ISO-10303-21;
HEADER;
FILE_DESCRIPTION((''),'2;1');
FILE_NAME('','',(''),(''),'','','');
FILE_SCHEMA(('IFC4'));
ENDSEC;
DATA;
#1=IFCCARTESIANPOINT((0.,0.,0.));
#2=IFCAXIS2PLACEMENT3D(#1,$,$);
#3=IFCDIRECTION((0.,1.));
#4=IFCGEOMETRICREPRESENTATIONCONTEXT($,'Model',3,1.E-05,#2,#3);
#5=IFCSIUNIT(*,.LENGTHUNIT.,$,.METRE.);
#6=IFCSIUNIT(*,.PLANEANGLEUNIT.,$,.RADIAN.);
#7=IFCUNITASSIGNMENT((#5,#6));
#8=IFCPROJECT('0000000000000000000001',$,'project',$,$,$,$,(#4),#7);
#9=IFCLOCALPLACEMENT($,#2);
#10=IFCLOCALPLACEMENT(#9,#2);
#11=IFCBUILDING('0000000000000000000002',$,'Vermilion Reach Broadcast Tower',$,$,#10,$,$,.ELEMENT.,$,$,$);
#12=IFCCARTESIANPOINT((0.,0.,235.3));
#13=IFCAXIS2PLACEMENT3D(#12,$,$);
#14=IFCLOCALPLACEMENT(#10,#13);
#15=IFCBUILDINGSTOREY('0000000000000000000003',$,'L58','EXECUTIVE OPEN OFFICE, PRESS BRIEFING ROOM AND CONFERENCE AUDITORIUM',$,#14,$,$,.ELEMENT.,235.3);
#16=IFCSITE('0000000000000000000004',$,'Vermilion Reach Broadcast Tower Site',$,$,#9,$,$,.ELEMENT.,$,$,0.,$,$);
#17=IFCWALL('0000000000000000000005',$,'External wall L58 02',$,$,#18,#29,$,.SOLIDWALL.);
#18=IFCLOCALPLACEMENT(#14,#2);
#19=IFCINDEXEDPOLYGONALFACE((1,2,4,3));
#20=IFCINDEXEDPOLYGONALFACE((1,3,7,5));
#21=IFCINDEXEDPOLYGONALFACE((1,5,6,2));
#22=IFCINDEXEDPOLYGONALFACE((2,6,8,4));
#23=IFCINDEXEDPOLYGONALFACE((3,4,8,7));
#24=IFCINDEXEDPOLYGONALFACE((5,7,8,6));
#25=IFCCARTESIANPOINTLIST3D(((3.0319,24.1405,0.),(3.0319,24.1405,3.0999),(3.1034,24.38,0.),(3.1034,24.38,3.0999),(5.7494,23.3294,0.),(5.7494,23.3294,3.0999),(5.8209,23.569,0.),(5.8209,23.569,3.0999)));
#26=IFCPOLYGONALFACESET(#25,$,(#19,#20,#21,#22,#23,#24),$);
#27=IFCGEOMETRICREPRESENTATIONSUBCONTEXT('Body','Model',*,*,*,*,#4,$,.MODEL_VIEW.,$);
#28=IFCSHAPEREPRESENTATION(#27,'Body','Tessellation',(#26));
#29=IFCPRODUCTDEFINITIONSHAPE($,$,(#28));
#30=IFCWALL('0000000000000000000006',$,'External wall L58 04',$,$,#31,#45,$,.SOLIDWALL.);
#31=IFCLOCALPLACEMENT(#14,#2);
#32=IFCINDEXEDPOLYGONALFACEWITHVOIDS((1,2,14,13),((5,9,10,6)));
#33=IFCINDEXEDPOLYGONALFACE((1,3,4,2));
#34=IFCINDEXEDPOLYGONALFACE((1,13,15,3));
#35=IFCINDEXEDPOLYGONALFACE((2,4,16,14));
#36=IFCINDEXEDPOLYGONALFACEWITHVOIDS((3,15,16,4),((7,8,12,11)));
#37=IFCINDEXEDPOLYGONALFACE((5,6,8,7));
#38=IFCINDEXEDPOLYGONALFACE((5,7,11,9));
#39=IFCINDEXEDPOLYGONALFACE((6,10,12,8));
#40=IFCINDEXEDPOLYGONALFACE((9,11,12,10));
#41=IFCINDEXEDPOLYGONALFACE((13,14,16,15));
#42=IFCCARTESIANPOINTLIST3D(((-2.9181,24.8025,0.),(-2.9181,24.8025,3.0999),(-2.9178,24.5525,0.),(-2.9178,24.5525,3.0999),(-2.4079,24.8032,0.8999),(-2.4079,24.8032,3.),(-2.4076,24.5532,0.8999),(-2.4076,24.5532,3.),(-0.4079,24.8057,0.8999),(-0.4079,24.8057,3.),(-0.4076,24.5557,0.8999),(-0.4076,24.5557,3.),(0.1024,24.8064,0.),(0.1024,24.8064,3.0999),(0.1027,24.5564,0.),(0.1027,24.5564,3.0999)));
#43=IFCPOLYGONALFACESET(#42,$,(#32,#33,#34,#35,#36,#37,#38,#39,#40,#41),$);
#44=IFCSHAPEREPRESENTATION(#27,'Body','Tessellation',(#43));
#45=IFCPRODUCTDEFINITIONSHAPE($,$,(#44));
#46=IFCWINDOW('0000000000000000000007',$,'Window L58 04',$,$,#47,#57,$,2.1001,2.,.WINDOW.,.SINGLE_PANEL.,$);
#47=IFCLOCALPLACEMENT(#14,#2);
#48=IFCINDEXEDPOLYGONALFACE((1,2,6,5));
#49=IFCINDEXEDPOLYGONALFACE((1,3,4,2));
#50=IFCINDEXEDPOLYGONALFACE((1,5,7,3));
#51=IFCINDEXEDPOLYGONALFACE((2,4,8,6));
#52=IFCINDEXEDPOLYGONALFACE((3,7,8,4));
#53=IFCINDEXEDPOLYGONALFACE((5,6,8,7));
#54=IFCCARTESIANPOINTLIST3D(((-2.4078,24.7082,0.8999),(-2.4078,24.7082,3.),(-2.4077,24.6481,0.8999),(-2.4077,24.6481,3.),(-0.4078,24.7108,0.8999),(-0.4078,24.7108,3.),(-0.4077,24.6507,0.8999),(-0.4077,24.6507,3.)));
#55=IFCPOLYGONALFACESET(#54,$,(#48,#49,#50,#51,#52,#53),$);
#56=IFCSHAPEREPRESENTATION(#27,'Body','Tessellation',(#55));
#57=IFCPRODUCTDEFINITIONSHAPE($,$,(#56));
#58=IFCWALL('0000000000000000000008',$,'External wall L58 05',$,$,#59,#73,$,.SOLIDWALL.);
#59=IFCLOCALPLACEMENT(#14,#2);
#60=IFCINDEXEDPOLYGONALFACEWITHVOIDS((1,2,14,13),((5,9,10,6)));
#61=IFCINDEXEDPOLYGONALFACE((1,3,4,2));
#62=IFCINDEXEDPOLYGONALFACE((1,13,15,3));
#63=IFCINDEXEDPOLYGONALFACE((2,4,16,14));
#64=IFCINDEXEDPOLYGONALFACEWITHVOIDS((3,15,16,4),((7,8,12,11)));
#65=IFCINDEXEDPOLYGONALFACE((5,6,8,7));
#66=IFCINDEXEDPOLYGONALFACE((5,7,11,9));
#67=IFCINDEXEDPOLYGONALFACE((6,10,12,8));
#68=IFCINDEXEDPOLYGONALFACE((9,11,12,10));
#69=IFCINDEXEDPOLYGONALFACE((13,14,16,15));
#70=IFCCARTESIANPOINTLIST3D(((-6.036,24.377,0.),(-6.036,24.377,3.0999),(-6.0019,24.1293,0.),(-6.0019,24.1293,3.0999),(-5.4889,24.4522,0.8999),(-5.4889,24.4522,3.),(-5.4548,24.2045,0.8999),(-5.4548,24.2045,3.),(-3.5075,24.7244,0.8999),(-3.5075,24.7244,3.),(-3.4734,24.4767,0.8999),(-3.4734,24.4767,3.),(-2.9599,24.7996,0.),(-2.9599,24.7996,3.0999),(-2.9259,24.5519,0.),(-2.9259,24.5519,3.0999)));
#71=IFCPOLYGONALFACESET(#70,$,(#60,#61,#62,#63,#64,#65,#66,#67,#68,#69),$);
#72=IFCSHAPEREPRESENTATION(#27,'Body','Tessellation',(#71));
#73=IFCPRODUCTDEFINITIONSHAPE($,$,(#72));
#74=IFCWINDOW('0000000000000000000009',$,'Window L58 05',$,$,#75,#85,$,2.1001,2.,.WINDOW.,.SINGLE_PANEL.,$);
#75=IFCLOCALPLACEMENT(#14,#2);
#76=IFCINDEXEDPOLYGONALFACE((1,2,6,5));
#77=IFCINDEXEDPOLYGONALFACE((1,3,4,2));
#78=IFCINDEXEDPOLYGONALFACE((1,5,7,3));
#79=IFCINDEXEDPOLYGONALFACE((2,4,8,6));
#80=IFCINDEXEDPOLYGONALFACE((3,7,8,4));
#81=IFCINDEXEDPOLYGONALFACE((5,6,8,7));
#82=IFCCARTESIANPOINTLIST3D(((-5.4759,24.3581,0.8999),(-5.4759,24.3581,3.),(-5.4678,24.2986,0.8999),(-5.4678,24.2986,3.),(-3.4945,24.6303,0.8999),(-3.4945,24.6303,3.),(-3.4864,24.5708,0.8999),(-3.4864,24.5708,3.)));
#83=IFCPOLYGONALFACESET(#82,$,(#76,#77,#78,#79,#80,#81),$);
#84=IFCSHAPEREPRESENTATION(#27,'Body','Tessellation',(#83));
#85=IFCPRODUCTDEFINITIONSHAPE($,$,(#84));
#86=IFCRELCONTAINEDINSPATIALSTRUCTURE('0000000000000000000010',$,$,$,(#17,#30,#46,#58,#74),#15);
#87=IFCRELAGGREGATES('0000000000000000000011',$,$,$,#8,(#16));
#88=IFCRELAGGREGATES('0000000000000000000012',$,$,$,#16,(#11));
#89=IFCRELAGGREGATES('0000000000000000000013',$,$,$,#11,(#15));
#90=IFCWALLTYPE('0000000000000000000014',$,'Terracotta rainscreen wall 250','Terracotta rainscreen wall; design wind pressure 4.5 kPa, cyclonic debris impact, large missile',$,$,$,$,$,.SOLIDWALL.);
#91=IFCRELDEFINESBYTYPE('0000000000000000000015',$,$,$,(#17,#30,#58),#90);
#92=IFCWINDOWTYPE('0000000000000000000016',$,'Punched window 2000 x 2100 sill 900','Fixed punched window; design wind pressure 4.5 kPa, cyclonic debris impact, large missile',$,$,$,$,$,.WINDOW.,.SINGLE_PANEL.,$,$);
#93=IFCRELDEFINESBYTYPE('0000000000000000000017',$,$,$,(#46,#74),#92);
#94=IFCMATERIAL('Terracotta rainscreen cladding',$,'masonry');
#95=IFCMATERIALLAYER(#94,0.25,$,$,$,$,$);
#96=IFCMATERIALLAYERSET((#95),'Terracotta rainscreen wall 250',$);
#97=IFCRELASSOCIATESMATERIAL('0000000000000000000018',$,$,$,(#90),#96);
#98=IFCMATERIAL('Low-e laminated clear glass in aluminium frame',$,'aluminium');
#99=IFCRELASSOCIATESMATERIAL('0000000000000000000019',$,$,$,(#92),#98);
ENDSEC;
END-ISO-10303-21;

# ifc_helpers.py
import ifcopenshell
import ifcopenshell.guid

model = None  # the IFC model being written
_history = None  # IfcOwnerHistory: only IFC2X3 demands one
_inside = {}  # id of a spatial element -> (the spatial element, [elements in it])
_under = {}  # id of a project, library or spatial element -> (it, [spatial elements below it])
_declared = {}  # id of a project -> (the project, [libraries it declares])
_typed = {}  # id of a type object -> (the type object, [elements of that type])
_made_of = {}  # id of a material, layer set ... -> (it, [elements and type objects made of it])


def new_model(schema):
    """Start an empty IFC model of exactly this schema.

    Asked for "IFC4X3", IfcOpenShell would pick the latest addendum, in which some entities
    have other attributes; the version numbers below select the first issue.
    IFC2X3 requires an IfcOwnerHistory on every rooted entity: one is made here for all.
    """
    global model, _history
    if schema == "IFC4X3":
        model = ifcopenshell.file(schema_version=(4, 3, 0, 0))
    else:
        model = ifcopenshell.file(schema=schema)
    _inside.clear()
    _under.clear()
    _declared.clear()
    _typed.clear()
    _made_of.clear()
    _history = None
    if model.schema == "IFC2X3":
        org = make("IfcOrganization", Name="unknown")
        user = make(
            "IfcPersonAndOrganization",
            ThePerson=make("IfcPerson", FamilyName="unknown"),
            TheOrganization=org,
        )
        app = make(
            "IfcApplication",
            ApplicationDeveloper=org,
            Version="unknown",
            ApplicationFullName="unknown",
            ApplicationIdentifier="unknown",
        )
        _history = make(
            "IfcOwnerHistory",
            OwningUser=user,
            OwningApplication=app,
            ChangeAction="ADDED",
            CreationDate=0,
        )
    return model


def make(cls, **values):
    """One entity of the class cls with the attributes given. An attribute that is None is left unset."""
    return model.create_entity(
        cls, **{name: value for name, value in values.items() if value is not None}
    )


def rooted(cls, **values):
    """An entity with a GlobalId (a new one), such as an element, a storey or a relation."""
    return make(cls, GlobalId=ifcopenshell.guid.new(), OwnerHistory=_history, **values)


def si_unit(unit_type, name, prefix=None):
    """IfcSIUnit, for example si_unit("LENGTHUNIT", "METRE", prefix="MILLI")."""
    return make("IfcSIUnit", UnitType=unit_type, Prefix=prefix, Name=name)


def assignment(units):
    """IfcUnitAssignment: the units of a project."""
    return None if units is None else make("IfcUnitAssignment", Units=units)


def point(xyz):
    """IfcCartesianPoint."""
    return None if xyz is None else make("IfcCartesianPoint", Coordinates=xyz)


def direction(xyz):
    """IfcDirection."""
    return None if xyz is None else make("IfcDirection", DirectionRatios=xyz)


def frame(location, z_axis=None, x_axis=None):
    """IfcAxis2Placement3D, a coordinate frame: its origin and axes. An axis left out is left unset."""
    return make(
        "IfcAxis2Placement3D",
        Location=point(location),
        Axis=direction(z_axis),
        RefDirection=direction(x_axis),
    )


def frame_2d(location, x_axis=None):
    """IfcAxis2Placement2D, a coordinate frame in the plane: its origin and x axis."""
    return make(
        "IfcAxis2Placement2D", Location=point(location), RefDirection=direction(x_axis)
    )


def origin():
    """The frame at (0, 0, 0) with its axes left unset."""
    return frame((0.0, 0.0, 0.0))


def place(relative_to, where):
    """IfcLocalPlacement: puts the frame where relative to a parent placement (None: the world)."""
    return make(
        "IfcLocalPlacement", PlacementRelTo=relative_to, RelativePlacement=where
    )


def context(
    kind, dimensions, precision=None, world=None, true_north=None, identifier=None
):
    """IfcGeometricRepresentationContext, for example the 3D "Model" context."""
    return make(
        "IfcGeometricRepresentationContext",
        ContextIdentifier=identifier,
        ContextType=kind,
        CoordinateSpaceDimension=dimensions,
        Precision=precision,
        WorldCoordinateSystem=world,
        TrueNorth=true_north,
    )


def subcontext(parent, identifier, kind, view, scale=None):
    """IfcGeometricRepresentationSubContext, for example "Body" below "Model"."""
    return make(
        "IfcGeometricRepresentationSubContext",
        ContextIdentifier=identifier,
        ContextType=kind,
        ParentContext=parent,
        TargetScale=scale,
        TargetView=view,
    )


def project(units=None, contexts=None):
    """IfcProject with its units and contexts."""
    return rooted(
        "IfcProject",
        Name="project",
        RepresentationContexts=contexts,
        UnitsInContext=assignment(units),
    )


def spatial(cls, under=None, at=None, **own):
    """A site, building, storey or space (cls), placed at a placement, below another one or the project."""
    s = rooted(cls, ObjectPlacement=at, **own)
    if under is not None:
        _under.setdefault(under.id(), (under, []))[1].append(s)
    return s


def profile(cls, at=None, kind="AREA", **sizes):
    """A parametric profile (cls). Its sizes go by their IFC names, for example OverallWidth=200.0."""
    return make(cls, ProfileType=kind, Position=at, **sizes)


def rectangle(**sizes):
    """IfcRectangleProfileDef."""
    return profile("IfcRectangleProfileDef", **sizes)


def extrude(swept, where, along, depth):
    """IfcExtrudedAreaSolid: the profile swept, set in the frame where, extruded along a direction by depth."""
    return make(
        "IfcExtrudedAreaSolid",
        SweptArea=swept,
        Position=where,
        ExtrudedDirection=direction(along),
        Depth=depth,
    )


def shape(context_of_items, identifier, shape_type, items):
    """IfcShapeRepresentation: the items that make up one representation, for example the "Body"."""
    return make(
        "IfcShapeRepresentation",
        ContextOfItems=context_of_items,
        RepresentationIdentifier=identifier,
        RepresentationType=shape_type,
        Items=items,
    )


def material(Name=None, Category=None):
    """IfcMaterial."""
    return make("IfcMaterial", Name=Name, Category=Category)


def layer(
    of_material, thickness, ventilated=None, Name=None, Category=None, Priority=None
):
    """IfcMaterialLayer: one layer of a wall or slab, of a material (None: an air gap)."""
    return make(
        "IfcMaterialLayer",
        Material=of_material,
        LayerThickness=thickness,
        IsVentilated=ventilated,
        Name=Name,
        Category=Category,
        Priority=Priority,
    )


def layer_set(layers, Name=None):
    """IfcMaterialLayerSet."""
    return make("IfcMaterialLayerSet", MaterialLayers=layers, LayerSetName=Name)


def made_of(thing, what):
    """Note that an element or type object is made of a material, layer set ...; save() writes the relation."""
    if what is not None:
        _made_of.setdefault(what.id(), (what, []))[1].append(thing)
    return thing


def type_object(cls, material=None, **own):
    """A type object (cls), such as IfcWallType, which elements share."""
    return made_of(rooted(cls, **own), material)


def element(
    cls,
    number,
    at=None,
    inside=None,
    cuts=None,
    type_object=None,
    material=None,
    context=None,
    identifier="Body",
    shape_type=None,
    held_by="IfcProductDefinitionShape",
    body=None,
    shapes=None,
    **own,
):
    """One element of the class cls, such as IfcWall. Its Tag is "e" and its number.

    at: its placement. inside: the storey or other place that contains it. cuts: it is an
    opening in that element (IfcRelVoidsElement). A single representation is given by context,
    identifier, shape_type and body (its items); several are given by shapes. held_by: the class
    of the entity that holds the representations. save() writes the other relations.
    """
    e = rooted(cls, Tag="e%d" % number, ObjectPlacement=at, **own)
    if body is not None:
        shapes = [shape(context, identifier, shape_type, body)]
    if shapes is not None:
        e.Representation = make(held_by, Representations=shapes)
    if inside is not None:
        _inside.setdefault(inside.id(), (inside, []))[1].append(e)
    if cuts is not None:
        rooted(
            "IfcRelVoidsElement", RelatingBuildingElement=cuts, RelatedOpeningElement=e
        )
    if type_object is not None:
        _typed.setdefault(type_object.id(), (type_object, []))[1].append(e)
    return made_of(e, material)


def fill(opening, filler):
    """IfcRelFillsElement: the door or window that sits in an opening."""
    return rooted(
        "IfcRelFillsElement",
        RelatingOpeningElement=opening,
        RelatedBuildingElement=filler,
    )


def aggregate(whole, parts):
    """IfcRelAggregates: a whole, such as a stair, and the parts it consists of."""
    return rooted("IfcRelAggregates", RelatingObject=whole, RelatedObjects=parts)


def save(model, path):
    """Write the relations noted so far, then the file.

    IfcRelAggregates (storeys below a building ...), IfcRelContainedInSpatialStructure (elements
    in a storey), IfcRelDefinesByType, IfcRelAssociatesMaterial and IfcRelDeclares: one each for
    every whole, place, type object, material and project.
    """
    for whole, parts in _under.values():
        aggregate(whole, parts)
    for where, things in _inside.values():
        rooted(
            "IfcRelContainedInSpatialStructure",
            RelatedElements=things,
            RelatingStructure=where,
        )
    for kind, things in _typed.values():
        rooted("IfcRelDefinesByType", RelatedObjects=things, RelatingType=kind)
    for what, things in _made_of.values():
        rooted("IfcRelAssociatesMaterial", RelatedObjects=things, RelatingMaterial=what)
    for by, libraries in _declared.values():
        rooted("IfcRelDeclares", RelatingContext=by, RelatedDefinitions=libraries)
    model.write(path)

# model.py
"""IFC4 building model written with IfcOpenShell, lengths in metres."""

from ifc_helpers import new_model, si_unit, direction, frame, frame_2d, origin, place, context, subcontext, project, spatial, rectangle, extrude, material, layer, layer_set, type_object, element, fill, save


model = new_model("IFC4")

# Units and contexts
model_context = context("Model", 3, precision=1e-05, world=origin(), true_north=direction((0.0, 1.0)))
body_context = subcontext(model_context, "Body", "Model", "MODEL_VIEW")
ifc_project = project(units=[si_unit("LENGTHUNIT", "METRE"), si_unit("PLANEANGLEUNIT", "RADIAN")], contexts=[model_context])

# Site, building, storey
site_placement = place(None, origin())
site = spatial("IfcSite", under=ifc_project, at=site_placement, Name="Vermilion Reach Broadcast Tower Site", CompositionType="ELEMENT", RefElevation=0.0)
building_placement = place(site_placement, origin())
building = spatial("IfcBuilding", under=site, at=building_placement, Name="Vermilion Reach Broadcast Tower", CompositionType="ELEMENT")
storey_placement = place(building_placement, frame((0.0, 0.0, 235.3)))
storey = spatial("IfcBuildingStorey", under=building, at=storey_placement, Name="L58", Description="EXECUTIVE OPEN OFFICE, PRESS BRIEFING ROOM AND CONFERENCE AUDITORIUM", CompositionType="ELEMENT", Elevation=235.3)

# Wall
ifc_material_1 = material(Name="Terracotta rainscreen cladding", Category="masonry")
ifc_layer_1 = layer(ifc_material_1, 0.25)
ifc_layer_set_1 = layer_set([ifc_layer_1], Name="Terracotta rainscreen wall 250")
wall_type_1 = type_object("IfcWallType", Name="Terracotta rainscreen wall 250", Description="Terracotta rainscreen wall; design wind pressure 4.5 kPa, cyclonic debris impact, large missile", PredefinedType="SOLIDWALL", material=ifc_layer_set_1)
wall_1_placement = place(storey_placement, frame((5.7852, 23.4492, 0.0), z_axis=(0.0, 0.0, 1.0), x_axis=(-0.958235, 0.285981, 0.0)))
element("IfcWall", 1, at=wall_1_placement, inside=storey, type_object=wall_type_1, Name="External wall L58 02", PredefinedType="SOLIDWALL", context=body_context, shape_type="SweptSolid", body=[
    extrude(rectangle(XDim=2.8359, YDim=0.25, at=frame_2d((1.418, 0.0))), origin(), (0.0, 0.0, 1.0), 3.0999),
])

# Walls, openings, windows
wall_2_placement = place(storey_placement, frame((0.1025, 24.6814, 0.0), z_axis=(0.0, 0.0, 1.0), x_axis=(-0.999999, -0.001293, 0.0)))
wall_2 = element("IfcWall", 2, at=wall_2_placement, inside=storey, type_object=wall_type_1, Name="External wall L58 04", PredefinedType="SOLIDWALL", context=body_context, shape_type="SweptSolid", body=[
    extrude(rectangle(XDim=3.0205, YDim=0.25, at=frame_2d((1.5103, 0.0))), origin(), (0.0, 0.0, 1.0), 3.0999),
])
opening_1_placement = place(wall_2_placement, frame((0.5103, 0.0, 0.8999)))
opening_1 = element("IfcOpeningElement", 3, at=opening_1_placement, cuts=wall_2, PredefinedType="OPENING", context=body_context, shape_type="SweptSolid", body=[
    extrude(rectangle(XDim=2.0, YDim=2.1001, at=frame_2d((1.0, 1.05))), frame((0.0, 0.135, 0.0), z_axis=(0.0, -1.0, 0.0), x_axis=(1.0, 0.0, 0.0)), (0.0, 0.0, 1.0), 0.27),
])
ifc_material_2 = material(Name="Low-e laminated clear glass in aluminium frame", Category="aluminium")
window_type = type_object("IfcWindowType", Name="Punched window 2000 x 2100 sill 900", Description="Fixed punched window; design wind pressure 4.5 kPa, cyclonic debris impact, large missile", PartitioningType="SINGLE_PANEL", PredefinedType="WINDOW", material=ifc_material_2)
window_1_placement = place(opening_1_placement, origin())
window_1 = element("IfcWindow", 4, at=window_1_placement, inside=storey, type_object=window_type, Name="Window L58 04", OverallHeight=2.1001, OverallWidth=2.0, PartitioningType="SINGLE_PANEL", PredefinedType="WINDOW", context=body_context, shape_type="SweptSolid", body=[
    extrude(rectangle(XDim=2.0, YDim=2.1001, at=frame_2d((1.0, 1.05))), frame((0.0, 0.03, 0.0), z_axis=(0.0, -1.0, 0.0), x_axis=(1.0, 0.0, 0.0)), (0.0, 0.0, 1.0), 0.0601),
])
fill(opening_1, window_1)
wall_3_placement = place(storey_placement, frame((-2.9429, 24.6758, 0.0), z_axis=(0.0, 0.0, 1.0), x_axis=(-0.990695, -0.136103, 0.0)))
wall_3 = element("IfcWall", 5, at=wall_3_placement, inside=storey, type_object=wall_type_1, Name="External wall L58 05", PredefinedType="SOLIDWALL", context=body_context, shape_type="SweptSolid", body=[
    extrude(rectangle(XDim=3.105, YDim=0.25, at=frame_2d((1.5525, 0.0))), origin(), (0.0, 0.0, 1.0), 3.0999),
])
opening_2_placement = place(wall_3_placement, frame((0.5527, 0.0, 0.8999)))
opening_2 = element("IfcOpeningElement", 6, at=opening_2_placement, cuts=wall_3, PredefinedType="OPENING", context=body_context, shape_type="SweptSolid", body=[
    extrude(rectangle(XDim=2.0, YDim=2.1001, at=frame_2d((1.0, 1.05))), frame((0.0, 0.135, 0.0), z_axis=(0.0, -1.0, 0.0), x_axis=(1.0, 0.0, 0.0)), (0.0, 0.0, 1.0), 0.27),
])
window_2_placement = place(opening_2_placement, origin())
window_2 = element("IfcWindow", 7, at=window_2_placement, inside=storey, type_object=window_type, Name="Window L58 05", OverallHeight=2.1001, OverallWidth=2.0, PartitioningType="SINGLE_PANEL", PredefinedType="WINDOW", context=body_context, shape_type="SweptSolid", body=[
    extrude(rectangle(XDim=2.0, YDim=2.1001, at=frame_2d((1.0, 1.05))), frame((0.0, 0.03, 0.0), z_axis=(0.0, -1.0, 0.0), x_axis=(1.0, 0.0, 0.0)), (0.0, 0.0, 1.0), 0.0601),
])
fill(opening_2, window_2)

save(model, "model.ifc")
